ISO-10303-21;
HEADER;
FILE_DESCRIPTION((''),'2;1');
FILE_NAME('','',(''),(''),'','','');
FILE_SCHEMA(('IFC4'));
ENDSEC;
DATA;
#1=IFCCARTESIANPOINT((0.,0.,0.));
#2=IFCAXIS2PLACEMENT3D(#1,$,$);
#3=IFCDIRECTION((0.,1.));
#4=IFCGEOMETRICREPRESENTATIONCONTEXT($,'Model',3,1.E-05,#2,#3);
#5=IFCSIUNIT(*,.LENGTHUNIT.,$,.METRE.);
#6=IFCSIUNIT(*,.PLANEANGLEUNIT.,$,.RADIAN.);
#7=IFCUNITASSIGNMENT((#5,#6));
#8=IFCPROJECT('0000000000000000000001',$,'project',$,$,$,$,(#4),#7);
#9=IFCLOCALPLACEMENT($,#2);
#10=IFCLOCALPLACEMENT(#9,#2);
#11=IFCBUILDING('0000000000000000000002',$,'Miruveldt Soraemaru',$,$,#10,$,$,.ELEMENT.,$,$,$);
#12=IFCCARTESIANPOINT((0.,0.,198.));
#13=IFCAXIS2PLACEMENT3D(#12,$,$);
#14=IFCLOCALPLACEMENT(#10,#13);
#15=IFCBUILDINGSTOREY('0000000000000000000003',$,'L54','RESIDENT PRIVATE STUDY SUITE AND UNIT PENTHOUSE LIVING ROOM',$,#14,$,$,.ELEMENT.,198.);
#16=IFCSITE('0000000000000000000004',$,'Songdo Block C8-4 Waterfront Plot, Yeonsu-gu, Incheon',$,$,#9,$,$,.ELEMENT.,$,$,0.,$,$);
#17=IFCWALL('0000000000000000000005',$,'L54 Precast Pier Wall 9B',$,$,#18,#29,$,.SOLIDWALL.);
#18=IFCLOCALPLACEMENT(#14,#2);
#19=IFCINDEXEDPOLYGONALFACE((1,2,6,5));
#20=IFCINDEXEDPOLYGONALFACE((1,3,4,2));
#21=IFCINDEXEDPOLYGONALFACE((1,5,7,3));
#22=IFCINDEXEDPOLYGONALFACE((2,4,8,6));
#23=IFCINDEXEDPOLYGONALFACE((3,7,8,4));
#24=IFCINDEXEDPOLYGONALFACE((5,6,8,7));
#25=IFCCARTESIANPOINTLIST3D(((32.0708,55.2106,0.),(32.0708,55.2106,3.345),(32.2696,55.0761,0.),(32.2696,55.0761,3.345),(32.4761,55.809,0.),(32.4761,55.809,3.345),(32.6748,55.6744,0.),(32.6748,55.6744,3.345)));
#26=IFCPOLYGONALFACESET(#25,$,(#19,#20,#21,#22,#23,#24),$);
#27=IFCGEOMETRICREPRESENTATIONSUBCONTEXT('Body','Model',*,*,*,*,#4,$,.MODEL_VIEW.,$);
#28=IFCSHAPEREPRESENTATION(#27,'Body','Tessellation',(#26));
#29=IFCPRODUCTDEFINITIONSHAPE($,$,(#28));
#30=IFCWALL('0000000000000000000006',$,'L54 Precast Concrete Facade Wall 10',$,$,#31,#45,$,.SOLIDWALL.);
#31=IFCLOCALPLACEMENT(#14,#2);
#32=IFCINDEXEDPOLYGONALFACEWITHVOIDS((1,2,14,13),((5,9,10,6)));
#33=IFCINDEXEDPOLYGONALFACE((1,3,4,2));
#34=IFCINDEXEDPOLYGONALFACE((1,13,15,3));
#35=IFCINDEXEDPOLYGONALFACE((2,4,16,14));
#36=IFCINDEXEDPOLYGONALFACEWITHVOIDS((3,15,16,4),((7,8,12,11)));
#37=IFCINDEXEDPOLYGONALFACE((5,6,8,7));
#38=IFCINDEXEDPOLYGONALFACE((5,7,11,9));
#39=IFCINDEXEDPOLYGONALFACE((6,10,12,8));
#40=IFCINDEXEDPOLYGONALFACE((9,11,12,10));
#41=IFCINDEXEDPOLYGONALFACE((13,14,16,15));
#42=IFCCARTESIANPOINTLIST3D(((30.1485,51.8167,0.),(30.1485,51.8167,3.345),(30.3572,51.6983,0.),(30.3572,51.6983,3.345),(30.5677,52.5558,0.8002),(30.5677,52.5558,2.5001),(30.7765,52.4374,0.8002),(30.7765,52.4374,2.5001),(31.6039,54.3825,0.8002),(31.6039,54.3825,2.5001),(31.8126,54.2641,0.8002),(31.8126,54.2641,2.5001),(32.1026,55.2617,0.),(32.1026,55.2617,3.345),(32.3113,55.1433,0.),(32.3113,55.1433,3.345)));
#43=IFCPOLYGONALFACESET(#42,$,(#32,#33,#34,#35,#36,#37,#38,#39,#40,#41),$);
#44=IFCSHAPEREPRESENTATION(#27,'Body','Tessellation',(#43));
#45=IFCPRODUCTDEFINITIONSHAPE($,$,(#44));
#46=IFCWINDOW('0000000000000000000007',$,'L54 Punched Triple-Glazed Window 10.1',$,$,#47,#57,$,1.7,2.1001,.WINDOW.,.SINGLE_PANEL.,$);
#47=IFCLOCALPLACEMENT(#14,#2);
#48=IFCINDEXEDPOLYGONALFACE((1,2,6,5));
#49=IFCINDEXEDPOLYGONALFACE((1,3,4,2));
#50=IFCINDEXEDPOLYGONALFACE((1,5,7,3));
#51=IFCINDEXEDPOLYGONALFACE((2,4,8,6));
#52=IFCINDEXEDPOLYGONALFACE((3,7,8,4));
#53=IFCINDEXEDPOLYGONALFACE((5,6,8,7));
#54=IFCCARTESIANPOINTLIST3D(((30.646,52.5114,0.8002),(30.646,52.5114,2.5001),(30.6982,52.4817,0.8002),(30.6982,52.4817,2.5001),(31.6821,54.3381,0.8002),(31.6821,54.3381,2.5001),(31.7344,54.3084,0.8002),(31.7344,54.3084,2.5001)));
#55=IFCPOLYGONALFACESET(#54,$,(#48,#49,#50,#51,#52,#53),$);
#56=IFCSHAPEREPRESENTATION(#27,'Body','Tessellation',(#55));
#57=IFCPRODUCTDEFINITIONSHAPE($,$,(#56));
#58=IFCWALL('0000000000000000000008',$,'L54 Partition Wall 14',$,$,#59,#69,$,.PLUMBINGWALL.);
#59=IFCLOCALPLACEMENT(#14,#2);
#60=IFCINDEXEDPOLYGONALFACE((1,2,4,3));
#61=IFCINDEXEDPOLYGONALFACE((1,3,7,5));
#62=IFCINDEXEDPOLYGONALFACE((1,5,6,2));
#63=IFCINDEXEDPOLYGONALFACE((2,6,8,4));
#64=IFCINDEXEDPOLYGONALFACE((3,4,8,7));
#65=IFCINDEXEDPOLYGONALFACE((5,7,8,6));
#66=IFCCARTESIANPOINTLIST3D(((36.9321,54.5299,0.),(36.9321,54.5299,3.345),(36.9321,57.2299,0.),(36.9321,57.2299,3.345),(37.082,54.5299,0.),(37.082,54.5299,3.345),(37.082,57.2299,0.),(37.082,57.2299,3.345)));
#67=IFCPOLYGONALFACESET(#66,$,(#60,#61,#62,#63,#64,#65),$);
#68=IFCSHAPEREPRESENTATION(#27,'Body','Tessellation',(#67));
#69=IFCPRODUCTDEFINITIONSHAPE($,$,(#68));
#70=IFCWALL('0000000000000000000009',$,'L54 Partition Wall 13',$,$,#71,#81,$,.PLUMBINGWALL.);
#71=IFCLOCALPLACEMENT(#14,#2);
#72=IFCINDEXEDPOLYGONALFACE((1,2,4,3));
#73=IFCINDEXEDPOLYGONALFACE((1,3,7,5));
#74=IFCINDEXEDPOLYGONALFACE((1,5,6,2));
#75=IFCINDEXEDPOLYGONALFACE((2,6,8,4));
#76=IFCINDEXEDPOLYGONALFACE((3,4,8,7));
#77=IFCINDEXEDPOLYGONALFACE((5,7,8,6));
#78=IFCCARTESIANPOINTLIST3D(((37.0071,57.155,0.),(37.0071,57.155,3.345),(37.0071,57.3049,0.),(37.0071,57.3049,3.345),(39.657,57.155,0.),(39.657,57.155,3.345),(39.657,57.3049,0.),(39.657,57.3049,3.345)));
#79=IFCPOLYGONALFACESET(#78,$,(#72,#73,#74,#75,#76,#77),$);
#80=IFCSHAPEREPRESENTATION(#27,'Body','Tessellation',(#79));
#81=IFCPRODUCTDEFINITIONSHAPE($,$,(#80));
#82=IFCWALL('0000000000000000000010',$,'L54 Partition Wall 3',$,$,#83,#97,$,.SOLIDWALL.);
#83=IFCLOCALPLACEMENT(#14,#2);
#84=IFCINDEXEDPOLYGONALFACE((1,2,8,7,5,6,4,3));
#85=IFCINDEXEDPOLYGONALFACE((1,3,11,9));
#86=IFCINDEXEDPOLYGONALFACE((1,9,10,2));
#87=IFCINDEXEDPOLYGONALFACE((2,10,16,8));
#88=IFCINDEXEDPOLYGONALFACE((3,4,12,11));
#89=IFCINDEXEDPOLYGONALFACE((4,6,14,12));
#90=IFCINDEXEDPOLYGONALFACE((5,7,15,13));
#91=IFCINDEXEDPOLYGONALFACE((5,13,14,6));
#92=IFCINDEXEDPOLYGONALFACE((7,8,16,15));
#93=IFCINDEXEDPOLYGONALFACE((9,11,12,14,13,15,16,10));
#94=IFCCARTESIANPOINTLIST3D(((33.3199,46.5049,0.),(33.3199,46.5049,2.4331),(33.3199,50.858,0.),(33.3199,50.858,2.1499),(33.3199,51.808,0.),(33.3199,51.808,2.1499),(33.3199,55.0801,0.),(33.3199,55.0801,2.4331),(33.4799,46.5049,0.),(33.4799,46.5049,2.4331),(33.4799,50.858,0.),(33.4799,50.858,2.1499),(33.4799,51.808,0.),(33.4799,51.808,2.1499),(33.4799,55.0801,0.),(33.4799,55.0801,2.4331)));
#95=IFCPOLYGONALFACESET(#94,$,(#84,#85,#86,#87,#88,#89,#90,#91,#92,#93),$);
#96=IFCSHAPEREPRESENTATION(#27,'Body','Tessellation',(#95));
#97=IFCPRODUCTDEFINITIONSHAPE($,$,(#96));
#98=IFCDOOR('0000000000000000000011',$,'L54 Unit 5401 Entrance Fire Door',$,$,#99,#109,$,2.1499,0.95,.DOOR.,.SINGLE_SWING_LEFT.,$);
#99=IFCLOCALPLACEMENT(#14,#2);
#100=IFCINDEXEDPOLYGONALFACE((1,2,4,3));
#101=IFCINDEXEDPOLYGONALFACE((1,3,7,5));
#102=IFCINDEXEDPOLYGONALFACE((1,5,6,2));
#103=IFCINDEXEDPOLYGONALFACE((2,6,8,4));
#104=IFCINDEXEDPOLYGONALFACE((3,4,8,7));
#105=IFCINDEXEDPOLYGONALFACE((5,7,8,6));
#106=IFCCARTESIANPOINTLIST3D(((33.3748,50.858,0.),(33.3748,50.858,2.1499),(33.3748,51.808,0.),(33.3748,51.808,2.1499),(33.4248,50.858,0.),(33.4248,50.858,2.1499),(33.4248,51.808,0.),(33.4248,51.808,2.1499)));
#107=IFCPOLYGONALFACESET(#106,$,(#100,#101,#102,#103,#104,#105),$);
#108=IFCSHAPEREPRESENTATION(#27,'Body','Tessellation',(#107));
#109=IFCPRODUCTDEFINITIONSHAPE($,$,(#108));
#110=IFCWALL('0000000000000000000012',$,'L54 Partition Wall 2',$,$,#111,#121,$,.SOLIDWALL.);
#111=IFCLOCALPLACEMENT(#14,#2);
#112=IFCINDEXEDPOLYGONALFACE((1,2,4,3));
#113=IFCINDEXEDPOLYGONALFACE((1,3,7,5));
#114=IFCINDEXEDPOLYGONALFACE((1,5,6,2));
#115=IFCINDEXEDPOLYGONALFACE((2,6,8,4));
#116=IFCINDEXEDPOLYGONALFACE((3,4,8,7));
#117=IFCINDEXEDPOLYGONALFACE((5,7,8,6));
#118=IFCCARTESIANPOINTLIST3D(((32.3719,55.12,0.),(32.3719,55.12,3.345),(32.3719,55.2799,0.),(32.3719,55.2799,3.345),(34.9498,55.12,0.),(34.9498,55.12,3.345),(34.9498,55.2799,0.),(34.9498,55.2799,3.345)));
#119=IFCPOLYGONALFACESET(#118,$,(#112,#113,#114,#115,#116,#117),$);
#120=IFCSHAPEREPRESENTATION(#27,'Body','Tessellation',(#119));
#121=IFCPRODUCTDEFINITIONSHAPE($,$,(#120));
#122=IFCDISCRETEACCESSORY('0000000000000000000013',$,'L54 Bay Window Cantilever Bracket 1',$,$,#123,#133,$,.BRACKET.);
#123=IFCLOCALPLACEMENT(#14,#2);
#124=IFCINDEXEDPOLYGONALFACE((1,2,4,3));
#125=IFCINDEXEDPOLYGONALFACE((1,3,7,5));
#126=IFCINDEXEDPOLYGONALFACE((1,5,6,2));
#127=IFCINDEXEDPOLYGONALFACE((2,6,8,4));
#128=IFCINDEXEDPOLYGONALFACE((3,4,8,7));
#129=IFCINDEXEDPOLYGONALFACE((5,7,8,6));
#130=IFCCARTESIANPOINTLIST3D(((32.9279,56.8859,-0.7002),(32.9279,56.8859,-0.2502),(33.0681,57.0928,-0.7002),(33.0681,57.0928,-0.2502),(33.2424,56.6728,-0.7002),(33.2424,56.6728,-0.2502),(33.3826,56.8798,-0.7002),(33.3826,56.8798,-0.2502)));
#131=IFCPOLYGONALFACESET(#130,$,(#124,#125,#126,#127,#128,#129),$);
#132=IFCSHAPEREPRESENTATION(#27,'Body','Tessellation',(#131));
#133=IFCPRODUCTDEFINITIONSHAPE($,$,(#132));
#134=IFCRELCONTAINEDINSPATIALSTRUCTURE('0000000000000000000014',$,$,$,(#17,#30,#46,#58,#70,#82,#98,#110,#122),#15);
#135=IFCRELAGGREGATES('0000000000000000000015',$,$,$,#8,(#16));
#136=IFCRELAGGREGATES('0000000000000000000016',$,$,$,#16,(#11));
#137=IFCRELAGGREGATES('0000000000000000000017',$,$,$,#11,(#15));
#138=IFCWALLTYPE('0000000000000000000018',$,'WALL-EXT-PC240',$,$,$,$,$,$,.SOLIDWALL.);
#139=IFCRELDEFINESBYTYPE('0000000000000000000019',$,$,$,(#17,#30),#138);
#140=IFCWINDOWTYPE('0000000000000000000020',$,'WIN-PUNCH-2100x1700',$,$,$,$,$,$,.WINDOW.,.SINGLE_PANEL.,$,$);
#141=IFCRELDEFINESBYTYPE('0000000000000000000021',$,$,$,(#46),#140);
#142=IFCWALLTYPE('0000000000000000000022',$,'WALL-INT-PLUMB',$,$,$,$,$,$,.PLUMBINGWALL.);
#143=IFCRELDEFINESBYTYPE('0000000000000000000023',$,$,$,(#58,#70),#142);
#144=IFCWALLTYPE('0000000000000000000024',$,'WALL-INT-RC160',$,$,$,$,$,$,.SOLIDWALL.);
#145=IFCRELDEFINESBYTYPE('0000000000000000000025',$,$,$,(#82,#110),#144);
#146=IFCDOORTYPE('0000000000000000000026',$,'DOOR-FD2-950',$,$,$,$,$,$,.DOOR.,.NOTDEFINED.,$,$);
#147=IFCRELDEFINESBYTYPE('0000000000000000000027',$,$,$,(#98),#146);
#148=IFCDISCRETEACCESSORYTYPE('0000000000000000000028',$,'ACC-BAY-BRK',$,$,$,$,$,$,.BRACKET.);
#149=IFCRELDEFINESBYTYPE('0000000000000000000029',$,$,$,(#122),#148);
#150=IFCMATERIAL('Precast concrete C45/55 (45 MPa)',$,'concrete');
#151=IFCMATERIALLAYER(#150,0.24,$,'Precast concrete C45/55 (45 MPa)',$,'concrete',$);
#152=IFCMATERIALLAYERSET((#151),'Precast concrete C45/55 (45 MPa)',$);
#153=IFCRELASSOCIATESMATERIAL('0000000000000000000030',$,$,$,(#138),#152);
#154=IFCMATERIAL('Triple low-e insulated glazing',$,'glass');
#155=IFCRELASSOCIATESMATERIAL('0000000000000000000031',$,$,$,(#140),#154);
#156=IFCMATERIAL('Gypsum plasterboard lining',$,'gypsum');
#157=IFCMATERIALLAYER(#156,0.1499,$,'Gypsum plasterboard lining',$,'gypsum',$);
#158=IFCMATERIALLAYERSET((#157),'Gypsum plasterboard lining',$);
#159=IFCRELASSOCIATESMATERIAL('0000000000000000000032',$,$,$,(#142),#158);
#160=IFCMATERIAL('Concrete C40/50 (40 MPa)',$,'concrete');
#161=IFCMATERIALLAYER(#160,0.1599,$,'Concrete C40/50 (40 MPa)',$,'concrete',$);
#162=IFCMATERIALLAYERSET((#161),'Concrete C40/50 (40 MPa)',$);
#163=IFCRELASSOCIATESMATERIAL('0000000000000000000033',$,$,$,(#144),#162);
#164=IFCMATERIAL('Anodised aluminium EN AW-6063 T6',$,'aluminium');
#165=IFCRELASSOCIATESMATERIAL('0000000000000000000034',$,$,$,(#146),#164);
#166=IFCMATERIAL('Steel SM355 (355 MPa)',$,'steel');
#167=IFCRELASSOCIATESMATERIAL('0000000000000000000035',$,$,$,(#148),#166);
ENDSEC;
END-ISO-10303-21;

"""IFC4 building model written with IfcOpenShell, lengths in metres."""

from ifc_helpers import new_model, si_unit, direction, frame, frame_2d, origin, origin_2d, place, context, subcontext, project, spatial, rectangle, extrude, material, layer, layer_set, type_object, element, fill, save


model = new_model("IFC4")

# Units and contexts
model_context = context("Model", 3, precision=1e-05, world=origin(), true_north=direction((0.0, 1.0)))
body_context = subcontext(model_context, "Body", "Model", "MODEL_VIEW")
ifc_project = project(units=[si_unit("LENGTHUNIT", "METRE"), si_unit("PLANEANGLEUNIT", "RADIAN")], contexts=[model_context])

# Site, building, storey
site_placement = place(None, origin())
site = spatial("IfcSite", under=ifc_project, at=site_placement, Name="Songdo Block C8-4 Waterfront Plot, Yeonsu-gu, Incheon", CompositionType="ELEMENT", RefElevation=0.0)
building_placement = place(site_placement, origin())
building = spatial("IfcBuilding", under=site, at=building_placement, Name="Miruveldt Soraemaru", CompositionType="ELEMENT")
storey_placement = place(building_placement, frame((0.0, 0.0, 198.0)))
storey = spatial("IfcBuildingStorey", under=building, at=storey_placement, Name="L54", Description="RESIDENT PRIVATE STUDY SUITE AND UNIT PENTHOUSE LIVING ROOM", CompositionType="ELEMENT", Elevation=198.0)

# Shared definitions
ifc_material_1 = material(Name="Triple low-e insulated glazing", Category="glass")
ifc_material_2 = material(Name="Precast concrete C45/55 (45 MPa)", Category="concrete")
ifc_layer_1 = layer(ifc_material_2, 0.24, Name="Precast concrete C45/55 (45 MPa)", Category="concrete")
ifc_layer_set_1 = layer_set([ifc_layer_1], Name="Precast concrete C45/55 (45 MPa)")
wall_type_1 = type_object("IfcWallType", Name="WALL-EXT-PC240", PredefinedType="SOLIDWALL", material=ifc_layer_set_1)
window_type_1 = type_object("IfcWindowType", Name="WIN-PUNCH-2100x1700", PartitioningType="SINGLE_PANEL", PredefinedType="WINDOW", material=ifc_material_1)

# Wall
wall_1_placement = place(storey_placement, frame((32.5754, 55.7417, 0.0), z_axis=(0.0, 0.0, 1.0), x_axis=(-0.560766, -0.827974, 0.0)))
element("IfcWall", 1, at=wall_1_placement, inside=storey, type_object=wall_type_1, Name="L54 Precast Pier Wall 9B", PredefinedType="SOLIDWALL", context=body_context, shape_type="SweptSolid", body=[
    extrude(rectangle(XDim=0.7227, YDim=0.24, at=frame_2d((0.3613, 0.0))), origin(), (0.0, 0.0, 1.0), 3.345),
])

# Wall, opening, window
wall_2_placement = place(storey_placement, frame((32.207, 55.2026, 0.0), z_axis=(0.0, 0.0, 1.0), x_axis=(-0.493375, -0.869817, 0.0)))
wall_2 = element("IfcWall", 2, at=wall_2_placement, inside=storey, type_object=wall_type_1, Name="L54 Precast Concrete Facade Wall 10", PredefinedType="SOLIDWALL", context=body_context, shape_type="SweptSolid", body=[
    extrude(rectangle(XDim=3.9607, YDim=0.24, at=frame_2d((1.9805, 0.0))), origin(), (0.0, 0.0, 1.0), 3.345),
])
opening_1_placement = place(wall_2_placement, frame((1.011, 0.0, 0.8)))
opening_1 = element("IfcOpeningElement", 3, at=opening_1_placement, cuts=wall_2, PredefinedType="OPENING", context=body_context, shape_type="SweptSolid", body=[
    extrude(rectangle(XDim=2.1001, YDim=1.7, at=frame_2d((1.05, 0.8501))), frame((0.0, 0.1299, 0.0), z_axis=(0.0, -1.0, 0.0), x_axis=(1.0, 0.0, 0.0)), (0.0, 0.0, 1.0), 0.26),
])
window_1_placement = place(opening_1_placement, origin())
window_1 = element("IfcWindow", 4, at=window_1_placement, inside=storey, type_object=window_type_1, Name="L54 Punched Triple-Glazed Window 10.1", OverallHeight=1.7, OverallWidth=2.1001, PartitioningType="SINGLE_PANEL", PredefinedType="WINDOW", context=body_context, shape_type="SweptSolid", body=[
    extrude(rectangle(XDim=2.1001, YDim=1.7, at=frame_2d((1.05, 0.8501))), frame((0.0, 0.03, 0.0), z_axis=(0.0, -1.0, 0.0), x_axis=(1.0, 0.0, 0.0)), (0.0, 0.0, 1.0), 0.0601),
])
fill(opening_1, window_1)

# Walls
ifc_material_3 = material(Name="Gypsum plasterboard lining", Category="gypsum")
ifc_layer_2 = layer(ifc_material_3, 0.1499, Name="Gypsum plasterboard lining", Category="gypsum")
ifc_layer_set_2 = layer_set([ifc_layer_2], Name="Gypsum plasterboard lining")
wall_type_2 = type_object("IfcWallType", Name="WALL-INT-PLUMB", PredefinedType="PLUMBINGWALL", material=ifc_layer_set_2)
wall_3_placement = place(storey_placement, frame((37.0071, 57.23, 0.0), z_axis=(0.0, 0.0, 1.0), x_axis=(0.0, -1.0, 0.0)))
element("IfcWall", 5, at=wall_3_placement, inside=storey, type_object=wall_type_2, Name="L54 Partition Wall 14", PredefinedType="PLUMBINGWALL", context=body_context, shape_type="SweptSolid", body=[
    extrude(rectangle(XDim=2.7, YDim=0.1499, at=frame_2d((1.3501, 0.0))), origin(), (0.0, 0.0, 1.0), 3.345),
])
wall_4_placement = place(storey_placement, frame((39.657, 57.23, 0.0), z_axis=(0.0, 0.0, 1.0), x_axis=(-1.0, 0.0, 0.0)))
element("IfcWall", 6, at=wall_4_placement, inside=storey, type_object=wall_type_2, Name="L54 Partition Wall 13", PredefinedType="PLUMBINGWALL", context=body_context, shape_type="SweptSolid", body=[
    extrude(rectangle(XDim=2.6499, YDim=0.1499, at=frame_2d((1.325, 0.0))), origin(), (0.0, 0.0, 1.0), 3.345),
])

# Wall, opening, door
ifc_material_4 = material(Name="Concrete C40/50 (40 MPa)", Category="concrete")
ifc_layer_3 = layer(ifc_material_4, 0.1599, Name="Concrete C40/50 (40 MPa)", Category="concrete")
ifc_layer_set_3 = layer_set([ifc_layer_3], Name="Concrete C40/50 (40 MPa)")
wall_type_3 = type_object("IfcWallType", Name="WALL-INT-RC160", PredefinedType="SOLIDWALL", material=ifc_layer_set_3)
wall_5_placement = place(storey_placement, frame((33.3999, 55.0801, 0.0), z_axis=(0.0, 0.0, 1.0), x_axis=(0.0, -1.0, 0.0)))
wall_5 = element("IfcWall", 7, at=wall_5_placement, inside=storey, type_object=wall_type_3, Name="L54 Partition Wall 3", PredefinedType="SOLIDWALL", context=body_context, shape_type="SweptSolid", body=[
    extrude(rectangle(XDim=8.5752, YDim=0.1599, at=frame_2d((4.2876, 0.0))), origin(), (0.0, 0.0, 1.0), 2.4331),
])
opening_2_placement = place(wall_5_placement, frame((3.272, 0.0, 0.0)))
opening_2 = element("IfcOpeningElement", 8, at=opening_2_placement, cuts=wall_5, PredefinedType="OPENING", context=body_context, shape_type="SweptSolid", body=[
    extrude(rectangle(XDim=0.95, YDim=2.1499, at=frame_2d((0.4751, 1.075))), frame((0.0, 0.0898, 0.0), z_axis=(0.0, -1.0, 0.0), x_axis=(1.0, 0.0, 0.0)), (0.0, 0.0, 1.0), 0.1799),
])
ifc_material_5 = material(Name="Anodised aluminium EN AW-6063 T6", Category="aluminium")
door_type = type_object("IfcDoorType", Name="DOOR-FD2-950", OperationType="NOTDEFINED", PredefinedType="DOOR", material=ifc_material_5)
door_placement = place(opening_2_placement, origin())
door = element("IfcDoor", 9, at=door_placement, inside=storey, type_object=door_type, Name="L54 Unit 5401 Entrance Fire Door", OperationType="SINGLE_SWING_LEFT", OverallHeight=2.1499, OverallWidth=0.95, PredefinedType="DOOR", context=body_context, shape_type="SweptSolid", body=[
    extrude(rectangle(XDim=0.95, YDim=2.1499, at=frame_2d((0.4751, 1.075))), frame((0.0, 0.0249, 0.0), z_axis=(0.0, -1.0, 0.0), x_axis=(1.0, 0.0, 0.0)), (0.0, 0.0, 1.0), 0.05),
])
fill(opening_2, door)

# Wall
wall_6_placement = place(storey_placement, frame((34.95, 55.2, 0.0), z_axis=(0.0, 0.0, 1.0), x_axis=(-1.0, 0.0, 0.0)))
element("IfcWall", 10, at=wall_6_placement, inside=storey, type_object=wall_type_3, Name="L54 Partition Wall 2", PredefinedType="SOLIDWALL", context=body_context, shape_type="SweptSolid", body=[
    extrude(rectangle(XDim=2.5779, YDim=0.1599, at=frame_2d((1.2891, 0.0))), origin(), (0.0, 0.0, 1.0), 3.345),
])

# Discrete accessory
ifc_material_6 = material(Name="Steel SM355 (355 MPa)", Category="steel")
discrete_accessory_type = type_object("IfcDiscreteAccessoryType", Name="ACC-BAY-BRK", PredefinedType="BRACKET", material=ifc_material_6)
discrete_accessory_placement = place(storey_placement, frame((33.1553, 56.8828, -0.7002), z_axis=(0.0, 0.0, 1.0), x_axis=(-0.827914, 0.560856, 0.0)))
element("IfcDiscreteAccessory", 11, at=discrete_accessory_placement, inside=storey, type_object=discrete_accessory_type, Name="L54 Bay Window Cantilever Bracket 1", PredefinedType="BRACKET", context=body_context, shape_type="SweptSolid", body=[
    extrude(rectangle(XDim=0.3799, YDim=0.25, at=origin_2d()), origin(), (0.0, 0.0, 1.0), 0.45),
])

save(model, "model.ifc")
